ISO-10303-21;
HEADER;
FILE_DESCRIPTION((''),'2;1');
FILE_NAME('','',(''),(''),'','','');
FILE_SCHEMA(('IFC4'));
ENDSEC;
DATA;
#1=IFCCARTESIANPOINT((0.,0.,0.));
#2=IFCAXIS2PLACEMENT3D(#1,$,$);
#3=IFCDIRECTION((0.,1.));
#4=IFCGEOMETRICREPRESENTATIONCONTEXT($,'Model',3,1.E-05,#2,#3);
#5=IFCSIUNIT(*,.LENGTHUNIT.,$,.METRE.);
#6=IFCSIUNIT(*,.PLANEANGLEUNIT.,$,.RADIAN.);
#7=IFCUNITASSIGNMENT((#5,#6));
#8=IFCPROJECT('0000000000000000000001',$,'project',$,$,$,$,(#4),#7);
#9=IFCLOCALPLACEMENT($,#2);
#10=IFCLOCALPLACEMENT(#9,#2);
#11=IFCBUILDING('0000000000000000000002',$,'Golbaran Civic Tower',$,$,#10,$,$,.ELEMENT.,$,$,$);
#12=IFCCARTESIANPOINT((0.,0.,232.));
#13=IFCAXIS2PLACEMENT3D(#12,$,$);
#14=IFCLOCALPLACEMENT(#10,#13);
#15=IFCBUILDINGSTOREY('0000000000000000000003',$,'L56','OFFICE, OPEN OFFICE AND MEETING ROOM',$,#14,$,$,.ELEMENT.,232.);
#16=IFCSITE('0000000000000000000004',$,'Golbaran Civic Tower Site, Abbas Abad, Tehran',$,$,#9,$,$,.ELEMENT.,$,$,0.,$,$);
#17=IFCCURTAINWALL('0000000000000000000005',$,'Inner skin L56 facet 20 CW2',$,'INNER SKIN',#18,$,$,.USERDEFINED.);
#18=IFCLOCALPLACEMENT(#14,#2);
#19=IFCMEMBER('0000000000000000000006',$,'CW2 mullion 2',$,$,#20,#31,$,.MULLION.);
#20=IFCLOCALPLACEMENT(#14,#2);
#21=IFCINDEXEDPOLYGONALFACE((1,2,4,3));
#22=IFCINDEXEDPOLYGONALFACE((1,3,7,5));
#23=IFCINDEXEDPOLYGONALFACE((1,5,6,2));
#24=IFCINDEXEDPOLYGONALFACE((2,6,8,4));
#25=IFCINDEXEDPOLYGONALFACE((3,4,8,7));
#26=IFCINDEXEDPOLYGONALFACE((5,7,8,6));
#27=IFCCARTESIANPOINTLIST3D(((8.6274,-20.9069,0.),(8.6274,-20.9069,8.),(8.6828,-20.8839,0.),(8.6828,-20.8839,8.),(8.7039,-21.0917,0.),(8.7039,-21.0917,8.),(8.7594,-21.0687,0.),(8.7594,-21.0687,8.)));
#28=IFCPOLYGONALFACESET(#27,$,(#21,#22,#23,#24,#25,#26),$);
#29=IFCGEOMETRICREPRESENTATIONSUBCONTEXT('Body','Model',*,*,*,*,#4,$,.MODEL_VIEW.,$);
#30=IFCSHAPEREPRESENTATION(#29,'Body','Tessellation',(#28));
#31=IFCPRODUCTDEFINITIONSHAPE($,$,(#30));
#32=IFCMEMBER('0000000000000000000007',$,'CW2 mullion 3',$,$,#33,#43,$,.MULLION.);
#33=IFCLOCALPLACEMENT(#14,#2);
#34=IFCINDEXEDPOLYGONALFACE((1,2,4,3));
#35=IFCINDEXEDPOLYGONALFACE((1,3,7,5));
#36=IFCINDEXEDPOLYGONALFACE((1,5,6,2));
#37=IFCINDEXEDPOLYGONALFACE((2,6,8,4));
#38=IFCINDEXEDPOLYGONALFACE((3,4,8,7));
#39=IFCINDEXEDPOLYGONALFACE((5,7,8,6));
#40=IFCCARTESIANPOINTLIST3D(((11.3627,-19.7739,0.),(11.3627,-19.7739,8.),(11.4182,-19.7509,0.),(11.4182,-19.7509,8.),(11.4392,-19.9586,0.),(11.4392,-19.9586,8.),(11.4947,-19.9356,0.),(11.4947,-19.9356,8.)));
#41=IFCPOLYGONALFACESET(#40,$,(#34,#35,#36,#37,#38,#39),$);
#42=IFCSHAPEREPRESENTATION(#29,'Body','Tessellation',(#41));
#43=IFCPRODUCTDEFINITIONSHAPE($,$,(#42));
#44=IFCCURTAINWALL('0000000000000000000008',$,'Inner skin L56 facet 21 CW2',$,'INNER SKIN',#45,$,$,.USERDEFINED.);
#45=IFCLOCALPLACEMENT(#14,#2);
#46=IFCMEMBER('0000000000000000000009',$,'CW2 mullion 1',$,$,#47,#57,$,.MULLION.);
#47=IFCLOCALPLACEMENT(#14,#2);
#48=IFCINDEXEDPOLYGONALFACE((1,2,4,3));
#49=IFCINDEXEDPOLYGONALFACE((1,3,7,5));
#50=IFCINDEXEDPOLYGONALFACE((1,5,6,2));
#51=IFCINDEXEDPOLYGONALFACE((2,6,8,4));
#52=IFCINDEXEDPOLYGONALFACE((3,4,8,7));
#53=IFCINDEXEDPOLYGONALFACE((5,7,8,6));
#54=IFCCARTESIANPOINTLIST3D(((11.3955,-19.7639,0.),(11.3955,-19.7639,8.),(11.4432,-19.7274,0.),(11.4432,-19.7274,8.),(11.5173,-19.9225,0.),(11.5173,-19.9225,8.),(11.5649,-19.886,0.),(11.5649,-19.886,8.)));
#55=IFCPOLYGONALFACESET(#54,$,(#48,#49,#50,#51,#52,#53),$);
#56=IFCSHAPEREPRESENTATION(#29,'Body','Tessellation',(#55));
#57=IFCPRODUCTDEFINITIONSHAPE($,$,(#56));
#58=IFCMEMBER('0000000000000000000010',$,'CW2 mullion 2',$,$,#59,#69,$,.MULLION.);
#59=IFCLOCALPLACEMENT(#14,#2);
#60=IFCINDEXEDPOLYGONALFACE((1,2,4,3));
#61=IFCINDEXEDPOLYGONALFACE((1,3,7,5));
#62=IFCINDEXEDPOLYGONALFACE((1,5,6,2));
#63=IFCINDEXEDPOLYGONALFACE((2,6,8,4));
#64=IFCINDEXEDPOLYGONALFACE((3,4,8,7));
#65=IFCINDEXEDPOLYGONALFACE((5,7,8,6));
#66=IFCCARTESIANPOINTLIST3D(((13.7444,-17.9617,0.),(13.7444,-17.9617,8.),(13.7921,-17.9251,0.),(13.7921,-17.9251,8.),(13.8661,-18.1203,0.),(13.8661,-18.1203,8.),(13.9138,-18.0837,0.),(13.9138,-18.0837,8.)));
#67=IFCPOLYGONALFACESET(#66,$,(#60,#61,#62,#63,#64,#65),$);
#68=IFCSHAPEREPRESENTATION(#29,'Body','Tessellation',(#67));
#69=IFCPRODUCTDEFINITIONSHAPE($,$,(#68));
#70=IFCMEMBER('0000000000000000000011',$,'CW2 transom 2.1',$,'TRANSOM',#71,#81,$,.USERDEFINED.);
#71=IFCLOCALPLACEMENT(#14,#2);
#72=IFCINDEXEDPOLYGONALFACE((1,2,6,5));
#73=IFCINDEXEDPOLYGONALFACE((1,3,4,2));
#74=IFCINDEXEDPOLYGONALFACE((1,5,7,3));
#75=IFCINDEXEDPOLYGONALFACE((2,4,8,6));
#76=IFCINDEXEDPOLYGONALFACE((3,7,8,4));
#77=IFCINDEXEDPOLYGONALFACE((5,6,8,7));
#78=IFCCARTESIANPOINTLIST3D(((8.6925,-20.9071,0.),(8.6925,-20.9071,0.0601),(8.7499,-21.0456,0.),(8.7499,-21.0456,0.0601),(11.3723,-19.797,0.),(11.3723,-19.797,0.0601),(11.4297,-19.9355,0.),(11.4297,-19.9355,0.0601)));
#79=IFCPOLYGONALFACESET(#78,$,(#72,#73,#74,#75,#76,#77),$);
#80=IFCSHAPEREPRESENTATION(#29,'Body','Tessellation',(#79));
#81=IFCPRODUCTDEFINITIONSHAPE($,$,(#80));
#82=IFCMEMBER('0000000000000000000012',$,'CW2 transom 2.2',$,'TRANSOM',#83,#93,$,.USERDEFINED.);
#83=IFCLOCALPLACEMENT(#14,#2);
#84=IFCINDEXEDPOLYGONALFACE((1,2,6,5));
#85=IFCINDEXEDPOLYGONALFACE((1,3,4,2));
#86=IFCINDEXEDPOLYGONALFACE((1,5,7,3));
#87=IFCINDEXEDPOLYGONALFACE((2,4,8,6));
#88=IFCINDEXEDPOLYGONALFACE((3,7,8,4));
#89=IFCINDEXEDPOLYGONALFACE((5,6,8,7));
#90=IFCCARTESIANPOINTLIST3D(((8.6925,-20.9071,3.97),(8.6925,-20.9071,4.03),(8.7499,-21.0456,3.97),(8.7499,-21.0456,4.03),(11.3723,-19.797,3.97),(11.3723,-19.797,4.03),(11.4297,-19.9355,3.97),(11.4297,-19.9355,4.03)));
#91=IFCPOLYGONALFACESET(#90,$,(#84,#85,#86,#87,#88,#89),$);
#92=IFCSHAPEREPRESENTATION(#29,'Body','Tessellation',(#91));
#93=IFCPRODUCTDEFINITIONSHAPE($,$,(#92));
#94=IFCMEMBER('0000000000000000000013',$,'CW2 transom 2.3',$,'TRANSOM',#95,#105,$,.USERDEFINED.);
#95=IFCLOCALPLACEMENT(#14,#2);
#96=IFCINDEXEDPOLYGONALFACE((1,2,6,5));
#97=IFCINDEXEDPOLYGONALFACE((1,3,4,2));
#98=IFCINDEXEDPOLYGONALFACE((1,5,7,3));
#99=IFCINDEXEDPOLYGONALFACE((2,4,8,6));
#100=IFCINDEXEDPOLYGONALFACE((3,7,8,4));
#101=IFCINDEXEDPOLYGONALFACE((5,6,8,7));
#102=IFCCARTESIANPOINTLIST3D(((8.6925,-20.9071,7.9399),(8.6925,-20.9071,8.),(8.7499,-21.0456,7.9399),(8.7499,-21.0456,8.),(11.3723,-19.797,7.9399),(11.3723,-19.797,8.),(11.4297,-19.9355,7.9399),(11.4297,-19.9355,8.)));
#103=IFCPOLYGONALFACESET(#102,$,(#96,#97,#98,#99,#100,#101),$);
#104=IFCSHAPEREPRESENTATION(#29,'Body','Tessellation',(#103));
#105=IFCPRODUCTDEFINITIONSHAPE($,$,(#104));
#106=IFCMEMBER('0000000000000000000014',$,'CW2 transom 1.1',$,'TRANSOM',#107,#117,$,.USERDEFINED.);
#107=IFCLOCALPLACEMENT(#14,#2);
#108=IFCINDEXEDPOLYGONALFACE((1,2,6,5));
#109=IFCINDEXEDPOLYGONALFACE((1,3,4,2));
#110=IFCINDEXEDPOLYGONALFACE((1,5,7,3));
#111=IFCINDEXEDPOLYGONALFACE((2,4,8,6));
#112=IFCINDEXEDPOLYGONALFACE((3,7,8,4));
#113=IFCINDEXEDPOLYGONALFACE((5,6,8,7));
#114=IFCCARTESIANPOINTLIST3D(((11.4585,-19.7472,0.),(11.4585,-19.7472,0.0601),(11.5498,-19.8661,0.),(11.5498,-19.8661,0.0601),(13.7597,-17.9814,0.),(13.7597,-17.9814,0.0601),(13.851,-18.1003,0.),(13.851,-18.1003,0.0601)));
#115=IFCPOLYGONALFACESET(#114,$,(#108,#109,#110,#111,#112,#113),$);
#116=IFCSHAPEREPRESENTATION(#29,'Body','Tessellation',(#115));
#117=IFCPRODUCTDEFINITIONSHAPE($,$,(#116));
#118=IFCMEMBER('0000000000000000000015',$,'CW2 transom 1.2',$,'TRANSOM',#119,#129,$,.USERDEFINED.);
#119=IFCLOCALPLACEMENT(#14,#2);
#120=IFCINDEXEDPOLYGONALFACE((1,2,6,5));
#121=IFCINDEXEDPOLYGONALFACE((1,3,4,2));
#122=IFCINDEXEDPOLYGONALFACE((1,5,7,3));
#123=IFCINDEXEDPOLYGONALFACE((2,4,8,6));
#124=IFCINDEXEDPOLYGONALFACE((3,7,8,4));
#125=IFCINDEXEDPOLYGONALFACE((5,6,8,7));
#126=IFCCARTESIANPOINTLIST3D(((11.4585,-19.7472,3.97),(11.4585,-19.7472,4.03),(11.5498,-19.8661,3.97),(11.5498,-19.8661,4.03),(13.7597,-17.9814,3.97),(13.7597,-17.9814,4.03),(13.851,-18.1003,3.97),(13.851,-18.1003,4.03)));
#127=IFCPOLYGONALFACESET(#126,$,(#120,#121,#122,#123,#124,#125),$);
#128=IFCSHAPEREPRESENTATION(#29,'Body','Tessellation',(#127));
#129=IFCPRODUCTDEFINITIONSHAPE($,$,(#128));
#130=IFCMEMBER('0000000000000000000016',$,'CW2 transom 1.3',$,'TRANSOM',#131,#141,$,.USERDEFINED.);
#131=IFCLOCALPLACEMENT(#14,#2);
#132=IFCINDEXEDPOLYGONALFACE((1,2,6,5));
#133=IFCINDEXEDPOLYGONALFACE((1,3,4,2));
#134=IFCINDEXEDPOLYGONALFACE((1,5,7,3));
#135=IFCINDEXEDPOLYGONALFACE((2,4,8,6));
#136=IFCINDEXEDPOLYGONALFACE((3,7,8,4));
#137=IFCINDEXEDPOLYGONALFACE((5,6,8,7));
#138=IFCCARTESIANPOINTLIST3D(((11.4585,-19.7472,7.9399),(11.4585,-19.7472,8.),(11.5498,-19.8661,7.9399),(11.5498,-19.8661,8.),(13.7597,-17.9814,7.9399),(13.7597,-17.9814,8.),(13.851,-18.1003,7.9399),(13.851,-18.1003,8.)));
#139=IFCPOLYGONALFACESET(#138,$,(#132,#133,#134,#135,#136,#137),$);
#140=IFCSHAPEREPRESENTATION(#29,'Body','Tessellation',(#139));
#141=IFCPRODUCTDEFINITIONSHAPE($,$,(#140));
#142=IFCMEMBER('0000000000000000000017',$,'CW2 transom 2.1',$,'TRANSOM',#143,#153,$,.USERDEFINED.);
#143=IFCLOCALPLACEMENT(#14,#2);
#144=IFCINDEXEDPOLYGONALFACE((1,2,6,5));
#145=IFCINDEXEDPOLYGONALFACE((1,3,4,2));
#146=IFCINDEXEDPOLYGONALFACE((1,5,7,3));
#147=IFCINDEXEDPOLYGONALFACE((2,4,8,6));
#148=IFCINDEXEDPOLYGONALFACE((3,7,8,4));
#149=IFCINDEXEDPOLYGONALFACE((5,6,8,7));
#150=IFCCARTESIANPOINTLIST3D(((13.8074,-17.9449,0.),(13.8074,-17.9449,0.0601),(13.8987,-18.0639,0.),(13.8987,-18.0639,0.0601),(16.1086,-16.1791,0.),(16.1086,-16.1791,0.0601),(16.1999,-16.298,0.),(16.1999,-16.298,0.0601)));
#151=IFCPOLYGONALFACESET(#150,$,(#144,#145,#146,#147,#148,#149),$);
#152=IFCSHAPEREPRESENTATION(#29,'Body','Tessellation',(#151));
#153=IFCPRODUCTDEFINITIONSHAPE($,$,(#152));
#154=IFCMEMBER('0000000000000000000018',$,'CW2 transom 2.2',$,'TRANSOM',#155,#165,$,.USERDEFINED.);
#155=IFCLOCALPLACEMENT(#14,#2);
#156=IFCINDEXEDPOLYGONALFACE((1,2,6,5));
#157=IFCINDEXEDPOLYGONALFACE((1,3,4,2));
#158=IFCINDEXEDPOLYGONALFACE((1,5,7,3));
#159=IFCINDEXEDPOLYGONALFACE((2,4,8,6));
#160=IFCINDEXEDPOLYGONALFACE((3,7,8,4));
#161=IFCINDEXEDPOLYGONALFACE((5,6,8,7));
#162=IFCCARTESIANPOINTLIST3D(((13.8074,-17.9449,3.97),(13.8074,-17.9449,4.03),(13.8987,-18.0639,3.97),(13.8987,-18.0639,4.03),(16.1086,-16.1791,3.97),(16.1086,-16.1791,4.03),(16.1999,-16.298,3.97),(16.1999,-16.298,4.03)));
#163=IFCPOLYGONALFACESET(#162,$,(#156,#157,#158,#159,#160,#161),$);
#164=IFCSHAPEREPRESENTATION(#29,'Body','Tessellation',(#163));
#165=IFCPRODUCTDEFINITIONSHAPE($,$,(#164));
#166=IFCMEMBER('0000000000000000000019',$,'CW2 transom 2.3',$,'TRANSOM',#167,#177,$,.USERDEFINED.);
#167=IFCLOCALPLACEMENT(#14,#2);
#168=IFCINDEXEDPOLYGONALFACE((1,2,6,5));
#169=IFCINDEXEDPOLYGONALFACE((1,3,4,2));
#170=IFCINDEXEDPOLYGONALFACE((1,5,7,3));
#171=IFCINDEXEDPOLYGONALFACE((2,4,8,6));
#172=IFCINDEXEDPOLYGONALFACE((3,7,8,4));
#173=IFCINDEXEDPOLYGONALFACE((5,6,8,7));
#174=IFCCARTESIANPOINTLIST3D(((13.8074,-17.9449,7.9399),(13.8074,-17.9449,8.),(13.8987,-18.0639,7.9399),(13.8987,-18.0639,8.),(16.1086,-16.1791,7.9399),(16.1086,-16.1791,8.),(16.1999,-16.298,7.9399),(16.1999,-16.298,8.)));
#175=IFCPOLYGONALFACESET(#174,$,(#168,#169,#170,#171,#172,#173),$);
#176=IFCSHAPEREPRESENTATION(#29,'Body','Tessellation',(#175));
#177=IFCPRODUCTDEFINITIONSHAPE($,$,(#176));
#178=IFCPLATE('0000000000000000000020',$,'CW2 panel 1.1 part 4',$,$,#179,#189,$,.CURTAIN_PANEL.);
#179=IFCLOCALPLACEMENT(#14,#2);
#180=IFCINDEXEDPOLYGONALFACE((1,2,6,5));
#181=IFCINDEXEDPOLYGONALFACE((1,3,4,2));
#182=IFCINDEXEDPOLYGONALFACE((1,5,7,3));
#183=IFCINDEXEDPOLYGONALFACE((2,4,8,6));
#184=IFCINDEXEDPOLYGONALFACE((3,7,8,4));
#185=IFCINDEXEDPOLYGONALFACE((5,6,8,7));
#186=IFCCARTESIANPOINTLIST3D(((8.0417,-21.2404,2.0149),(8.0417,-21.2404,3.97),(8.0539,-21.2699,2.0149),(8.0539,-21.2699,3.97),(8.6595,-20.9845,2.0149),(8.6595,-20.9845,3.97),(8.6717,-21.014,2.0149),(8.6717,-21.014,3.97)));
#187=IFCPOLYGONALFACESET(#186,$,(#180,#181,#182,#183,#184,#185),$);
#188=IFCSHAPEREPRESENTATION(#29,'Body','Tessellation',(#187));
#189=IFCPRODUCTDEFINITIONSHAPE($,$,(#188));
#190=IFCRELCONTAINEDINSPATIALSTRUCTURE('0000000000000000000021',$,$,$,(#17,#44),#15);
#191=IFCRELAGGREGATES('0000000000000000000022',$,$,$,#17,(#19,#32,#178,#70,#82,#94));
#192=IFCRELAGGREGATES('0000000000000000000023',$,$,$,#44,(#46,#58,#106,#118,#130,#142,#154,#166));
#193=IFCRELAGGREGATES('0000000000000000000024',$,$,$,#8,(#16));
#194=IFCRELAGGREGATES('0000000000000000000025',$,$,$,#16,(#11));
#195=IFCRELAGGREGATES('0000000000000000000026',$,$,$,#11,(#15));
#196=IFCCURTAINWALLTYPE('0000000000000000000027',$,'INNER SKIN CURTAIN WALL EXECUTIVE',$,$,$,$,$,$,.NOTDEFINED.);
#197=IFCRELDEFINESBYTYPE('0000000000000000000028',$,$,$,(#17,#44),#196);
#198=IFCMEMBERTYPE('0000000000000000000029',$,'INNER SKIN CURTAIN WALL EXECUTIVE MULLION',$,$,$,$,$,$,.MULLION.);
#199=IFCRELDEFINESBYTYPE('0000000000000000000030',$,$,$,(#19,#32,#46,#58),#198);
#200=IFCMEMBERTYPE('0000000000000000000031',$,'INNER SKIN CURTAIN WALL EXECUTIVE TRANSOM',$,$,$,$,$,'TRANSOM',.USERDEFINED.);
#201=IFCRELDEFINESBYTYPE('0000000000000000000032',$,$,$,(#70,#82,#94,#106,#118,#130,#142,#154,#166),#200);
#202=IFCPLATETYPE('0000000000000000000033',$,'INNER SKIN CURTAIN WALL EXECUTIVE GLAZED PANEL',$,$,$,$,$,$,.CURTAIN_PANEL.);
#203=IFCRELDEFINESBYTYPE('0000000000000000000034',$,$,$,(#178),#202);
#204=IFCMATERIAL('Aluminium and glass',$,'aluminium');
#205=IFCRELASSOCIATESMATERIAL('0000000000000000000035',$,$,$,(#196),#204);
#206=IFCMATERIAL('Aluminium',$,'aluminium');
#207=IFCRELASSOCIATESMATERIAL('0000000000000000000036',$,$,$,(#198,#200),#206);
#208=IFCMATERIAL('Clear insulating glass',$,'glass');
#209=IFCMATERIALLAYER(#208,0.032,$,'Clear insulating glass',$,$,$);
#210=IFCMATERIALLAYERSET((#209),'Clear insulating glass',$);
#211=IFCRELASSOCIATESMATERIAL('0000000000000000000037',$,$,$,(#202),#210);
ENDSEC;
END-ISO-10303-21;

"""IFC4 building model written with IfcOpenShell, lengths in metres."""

from ifc_helpers import new_model, si_unit, direction, frame, origin, origin_2d, place, context, subcontext, project, spatial, rectangle, extrude, material, layer, layer_set, material_profile, profile_set, type_object, element, aggregate, save


model = new_model("IFC4")

# Units and contexts
model_context = context("Model", 3, precision=1e-05, world=origin(), true_north=direction((0.0, 1.0)))
body_context = subcontext(model_context, "Body", "Model", "MODEL_VIEW")
ifc_project = project(units=[si_unit("LENGTHUNIT", "METRE"), si_unit("PLANEANGLEUNIT", "RADIAN")], contexts=[model_context])

# Site, building, storey
site_placement = place(None, origin())
site = spatial("IfcSite", under=ifc_project, at=site_placement, Name="Golbaran Civic Tower Site, Abbas Abad, Tehran", CompositionType="ELEMENT", RefElevation=0.0)
building_placement = place(site_placement, origin())
building = spatial("IfcBuilding", under=site, at=building_placement, Name="Golbaran Civic Tower", CompositionType="ELEMENT")
storey_placement = place(building_placement, frame((0.0, 0.0, 232.0)))
storey = spatial("IfcBuildingStorey", under=building, at=storey_placement, Name="L56", Description="OFFICE, OPEN OFFICE AND MEETING ROOM", CompositionType="ELEMENT", Elevation=232.0)

# Curtain walls, members
ifc_material_1 = material(Name="Aluminium and glass", Category="aluminium")
curtain_wall_type_1 = type_object("IfcCurtainWallType", Name="INNER SKIN CURTAIN WALL EXECUTIVE", PredefinedType="NOTDEFINED", material=ifc_material_1)
curtain_wall_1_placement = place(storey_placement, origin())
curtain_wall_1 = element("IfcCurtainWall", 1, at=curtain_wall_1_placement, inside=storey, type_object=curtain_wall_type_1, Name="Inner skin L56 facet 20 CW2", ObjectType="INNER SKIN", PredefinedType="USERDEFINED")
ifc_material_2 = material(Name="Aluminium", Category="aluminium")
ifc_material_profile_1 = material_profile(ifc_material_2, rectangle(XDim=0.2, YDim=0.0601, at=origin_2d()), Name="INNER SKIN CURTAIN WALL EXECUTIVE MULLION")
ifc_profile_set_1 = profile_set([ifc_material_profile_1], Name="Aluminium")
member_type_1 = type_object("IfcMemberType", Name="INNER SKIN CURTAIN WALL EXECUTIVE MULLION", PredefinedType="MULLION", material=ifc_profile_set_1)
member_1_placement = place(storey_placement, frame((8.6934, -20.9878, 0.0), z_axis=(0.0, 0.0, 1.0), x_axis=(-0.382683, 0.92388, 0.0)))
member_1 = element("IfcMember", 2, at=member_1_placement, type_object=member_type_1, Name="CW2 mullion 2", PredefinedType="MULLION", context=body_context, shape_type="SweptSolid", body=[
    extrude(rectangle(XDim=0.2, YDim=0.0601, at=origin_2d()), origin(), (0.0, 0.0, 1.0), 8.0),
])
member_2_placement = place(storey_placement, frame((11.4287, -19.8547, 0.0), z_axis=(0.0, 0.0, 1.0), x_axis=(-0.382683, 0.92388, 0.0)))
member_2 = element("IfcMember", 3, at=member_2_placement, type_object=member_type_1, Name="CW2 mullion 3", PredefinedType="MULLION", context=body_context, shape_type="SweptSolid", body=[
    extrude(rectangle(XDim=0.2, YDim=0.0601, at=origin_2d()), origin(), (0.0, 0.0, 1.0), 8.0),
])
curtain_wall_2_placement = place(storey_placement, origin())
curtain_wall_2 = element("IfcCurtainWall", 4, at=curtain_wall_2_placement, inside=storey, type_object=curtain_wall_type_1, Name="Inner skin L56 facet 21 CW2", ObjectType="INNER SKIN", PredefinedType="USERDEFINED")
member_3_placement = place(storey_placement, frame((11.4802, -19.825, 0.0), z_axis=(0.0, 0.0, 1.0), x_axis=(-0.608761, 0.793353, 0.0)))
member_3 = element("IfcMember", 5, at=member_3_placement, type_object=member_type_1, Name="CW2 mullion 1", PredefinedType="MULLION", context=body_context, shape_type="SweptSolid", body=[
    extrude(rectangle(XDim=0.2, YDim=0.0601, at=origin_2d()), origin(), (0.0, 0.0, 1.0), 8.0),
])
member_4_placement = place(storey_placement, frame((13.8291, -18.0227, 0.0), z_axis=(0.0, 0.0, 1.0), x_axis=(-0.608761, 0.793353, 0.0)))
member_4 = element("IfcMember", 6, at=member_4_placement, type_object=member_type_1, Name="CW2 mullion 2", PredefinedType="MULLION", context=body_context, shape_type="SweptSolid", body=[
    extrude(rectangle(XDim=0.2, YDim=0.0601, at=origin_2d()), origin(), (0.0, 0.0, 1.0), 8.0),
])

# Members
ifc_material_profile_2 = material_profile(ifc_material_2, rectangle(XDim=0.1499, YDim=0.0601, at=origin_2d()), Name="INNER SKIN CURTAIN WALL EXECUTIVE TRANSOM")
ifc_profile_set_2 = profile_set([ifc_material_profile_2], Name="Aluminium")
member_type_2 = type_object("IfcMemberType", Name="INNER SKIN CURTAIN WALL EXECUTIVE TRANSOM", ElementType="TRANSOM", PredefinedType="USERDEFINED", material=ifc_profile_set_2)
member_5_placement = place(storey_placement, frame((8.7212, -20.9763, 0.03), z_axis=(0.923874, 0.382696, 0.0), x_axis=(-0.382696, 0.923874, 0.0)))
member_5 = element("IfcMember", 7, at=member_5_placement, type_object=member_type_2, Name="CW2 transom 2.1", ObjectType="TRANSOM", PredefinedType="USERDEFINED", context=body_context, shape_type="SweptSolid", body=[
    extrude(rectangle(XDim=0.1499, YDim=0.0601, at=origin_2d()), origin(), (0.0, 0.0, 1.0), 2.9006),
])
member_6_placement = place(storey_placement, frame((8.7212, -20.9763, 4.0), z_axis=(0.923874, 0.382696, 0.0), x_axis=(-0.382696, 0.923874, 0.0)))
member_6 = element("IfcMember", 8, at=member_6_placement, type_object=member_type_2, Name="CW2 transom 2.2", ObjectType="TRANSOM", PredefinedType="USERDEFINED", context=body_context, shape_type="SweptSolid", body=[
    extrude(rectangle(XDim=0.1499, YDim=0.0601, at=origin_2d()), origin(), (0.0, 0.0, 1.0), 2.9006),
])
member_7_placement = place(storey_placement, frame((8.7212, -20.9763, 7.97), z_axis=(0.923874, 0.382696, 0.0), x_axis=(-0.382696, 0.923874, 0.0)))
member_7 = element("IfcMember", 9, at=member_7_placement, type_object=member_type_2, Name="CW2 transom 2.3", ObjectType="TRANSOM", PredefinedType="USERDEFINED", context=body_context, shape_type="SweptSolid", body=[
    extrude(rectangle(XDim=0.1499, YDim=0.0601, at=origin_2d()), origin(), (0.0, 0.0, 1.0), 2.9006),
])
member_8_placement = place(storey_placement, frame((11.5042, -19.8066, 0.03), z_axis=(0.793346, 0.608771, 0.0), x_axis=(-0.608771, 0.793346, 0.0)))
member_8 = element("IfcMember", 10, at=member_8_placement, type_object=member_type_2, Name="CW2 transom 1.1", ObjectType="TRANSOM", PredefinedType="USERDEFINED", context=body_context, shape_type="SweptSolid", body=[
    extrude(rectangle(XDim=0.1499, YDim=0.0601, at=origin_2d()), origin(), (0.0, 0.0, 1.0), 2.9006),
])
member_9_placement = place(storey_placement, frame((11.5042, -19.8066, 4.0), z_axis=(0.793346, 0.608771, 0.0), x_axis=(-0.608771, 0.793346, 0.0)))
member_9 = element("IfcMember", 11, at=member_9_placement, type_object=member_type_2, Name="CW2 transom 1.2", ObjectType="TRANSOM", PredefinedType="USERDEFINED", context=body_context, shape_type="SweptSolid", body=[
    extrude(rectangle(XDim=0.1499, YDim=0.0601, at=origin_2d()), origin(), (0.0, 0.0, 1.0), 2.9006),
])
member_10_placement = place(storey_placement, frame((11.5042, -19.8066, 7.97), z_axis=(0.793346, 0.608771, 0.0), x_axis=(-0.608771, 0.793346, 0.0)))
member_10 = element("IfcMember", 12, at=member_10_placement, type_object=member_type_2, Name="CW2 transom 1.3", ObjectType="TRANSOM", PredefinedType="USERDEFINED", context=body_context, shape_type="SweptSolid", body=[
    extrude(rectangle(XDim=0.1499, YDim=0.0601, at=origin_2d()), origin(), (0.0, 0.0, 1.0), 2.9006),
])
member_11_placement = place(storey_placement, frame((13.853, -18.0044, 0.03), z_axis=(0.793346, 0.608771, 0.0), x_axis=(-0.608771, 0.793346, 0.0)))
member_11 = element("IfcMember", 13, at=member_11_placement, type_object=member_type_2, Name="CW2 transom 2.1", ObjectType="TRANSOM", PredefinedType="USERDEFINED", context=body_context, shape_type="SweptSolid", body=[
    extrude(rectangle(XDim=0.1499, YDim=0.0601, at=origin_2d()), origin(), (0.0, 0.0, 1.0), 2.9006),
])
member_12_placement = place(storey_placement, frame((13.853, -18.0044, 4.0), z_axis=(0.793346, 0.608771, 0.0), x_axis=(-0.608771, 0.793346, 0.0)))
member_12 = element("IfcMember", 14, at=member_12_placement, type_object=member_type_2, Name="CW2 transom 2.2", ObjectType="TRANSOM", PredefinedType="USERDEFINED", context=body_context, shape_type="SweptSolid", body=[
    extrude(rectangle(XDim=0.1499, YDim=0.0601, at=origin_2d()), origin(), (0.0, 0.0, 1.0), 2.9006),
])
member_13_placement = place(storey_placement, frame((13.853, -18.0044, 7.97), z_axis=(0.793346, 0.608771, 0.0), x_axis=(-0.608771, 0.793346, 0.0)))
member_13 = element("IfcMember", 15, at=member_13_placement, type_object=member_type_2, Name="CW2 transom 2.3", ObjectType="TRANSOM", PredefinedType="USERDEFINED", context=body_context, shape_type="SweptSolid", body=[
    extrude(rectangle(XDim=0.1499, YDim=0.0601, at=origin_2d()), origin(), (0.0, 0.0, 1.0), 2.9006),
])

# Plate
ifc_material_3 = material(Name="Clear insulating glass", Category="glass")
ifc_layer_1 = layer(ifc_material_3, 0.032, Name="Clear insulating glass")
ifc_layer_set_1 = layer_set([ifc_layer_1], Name="Clear insulating glass")
plate_type_1 = type_object("IfcPlateType", Name="INNER SKIN CURTAIN WALL EXECUTIVE GLAZED PANEL", PredefinedType="CURTAIN_PANEL", material=ifc_layer_set_1)
plate_1_placement = place(storey_placement, frame((8.3567, -21.1272, 2.0149), z_axis=(0.0, 0.0, 1.0), x_axis=(0.92388, 0.382683, 0.0)))
plate_1 = element("IfcPlate", 16, at=plate_1_placement, type_object=plate_type_1, Name="CW2 panel 1.1 part 4", PredefinedType="CURTAIN_PANEL", context=body_context, shape_type="SweptSolid", body=[
    extrude(rectangle(XDim=0.6687, YDim=0.032, at=origin_2d()), origin(), (0.0, 0.0, 1.0), 1.9551),
])
aggregate(curtain_wall_1, [member_1, member_2, plate_1, member_5, member_6, member_7])
aggregate(curtain_wall_2, [member_3, member_4, member_8, member_9, member_10, member_11, member_12, member_13])

save(model, "model.ifc")
